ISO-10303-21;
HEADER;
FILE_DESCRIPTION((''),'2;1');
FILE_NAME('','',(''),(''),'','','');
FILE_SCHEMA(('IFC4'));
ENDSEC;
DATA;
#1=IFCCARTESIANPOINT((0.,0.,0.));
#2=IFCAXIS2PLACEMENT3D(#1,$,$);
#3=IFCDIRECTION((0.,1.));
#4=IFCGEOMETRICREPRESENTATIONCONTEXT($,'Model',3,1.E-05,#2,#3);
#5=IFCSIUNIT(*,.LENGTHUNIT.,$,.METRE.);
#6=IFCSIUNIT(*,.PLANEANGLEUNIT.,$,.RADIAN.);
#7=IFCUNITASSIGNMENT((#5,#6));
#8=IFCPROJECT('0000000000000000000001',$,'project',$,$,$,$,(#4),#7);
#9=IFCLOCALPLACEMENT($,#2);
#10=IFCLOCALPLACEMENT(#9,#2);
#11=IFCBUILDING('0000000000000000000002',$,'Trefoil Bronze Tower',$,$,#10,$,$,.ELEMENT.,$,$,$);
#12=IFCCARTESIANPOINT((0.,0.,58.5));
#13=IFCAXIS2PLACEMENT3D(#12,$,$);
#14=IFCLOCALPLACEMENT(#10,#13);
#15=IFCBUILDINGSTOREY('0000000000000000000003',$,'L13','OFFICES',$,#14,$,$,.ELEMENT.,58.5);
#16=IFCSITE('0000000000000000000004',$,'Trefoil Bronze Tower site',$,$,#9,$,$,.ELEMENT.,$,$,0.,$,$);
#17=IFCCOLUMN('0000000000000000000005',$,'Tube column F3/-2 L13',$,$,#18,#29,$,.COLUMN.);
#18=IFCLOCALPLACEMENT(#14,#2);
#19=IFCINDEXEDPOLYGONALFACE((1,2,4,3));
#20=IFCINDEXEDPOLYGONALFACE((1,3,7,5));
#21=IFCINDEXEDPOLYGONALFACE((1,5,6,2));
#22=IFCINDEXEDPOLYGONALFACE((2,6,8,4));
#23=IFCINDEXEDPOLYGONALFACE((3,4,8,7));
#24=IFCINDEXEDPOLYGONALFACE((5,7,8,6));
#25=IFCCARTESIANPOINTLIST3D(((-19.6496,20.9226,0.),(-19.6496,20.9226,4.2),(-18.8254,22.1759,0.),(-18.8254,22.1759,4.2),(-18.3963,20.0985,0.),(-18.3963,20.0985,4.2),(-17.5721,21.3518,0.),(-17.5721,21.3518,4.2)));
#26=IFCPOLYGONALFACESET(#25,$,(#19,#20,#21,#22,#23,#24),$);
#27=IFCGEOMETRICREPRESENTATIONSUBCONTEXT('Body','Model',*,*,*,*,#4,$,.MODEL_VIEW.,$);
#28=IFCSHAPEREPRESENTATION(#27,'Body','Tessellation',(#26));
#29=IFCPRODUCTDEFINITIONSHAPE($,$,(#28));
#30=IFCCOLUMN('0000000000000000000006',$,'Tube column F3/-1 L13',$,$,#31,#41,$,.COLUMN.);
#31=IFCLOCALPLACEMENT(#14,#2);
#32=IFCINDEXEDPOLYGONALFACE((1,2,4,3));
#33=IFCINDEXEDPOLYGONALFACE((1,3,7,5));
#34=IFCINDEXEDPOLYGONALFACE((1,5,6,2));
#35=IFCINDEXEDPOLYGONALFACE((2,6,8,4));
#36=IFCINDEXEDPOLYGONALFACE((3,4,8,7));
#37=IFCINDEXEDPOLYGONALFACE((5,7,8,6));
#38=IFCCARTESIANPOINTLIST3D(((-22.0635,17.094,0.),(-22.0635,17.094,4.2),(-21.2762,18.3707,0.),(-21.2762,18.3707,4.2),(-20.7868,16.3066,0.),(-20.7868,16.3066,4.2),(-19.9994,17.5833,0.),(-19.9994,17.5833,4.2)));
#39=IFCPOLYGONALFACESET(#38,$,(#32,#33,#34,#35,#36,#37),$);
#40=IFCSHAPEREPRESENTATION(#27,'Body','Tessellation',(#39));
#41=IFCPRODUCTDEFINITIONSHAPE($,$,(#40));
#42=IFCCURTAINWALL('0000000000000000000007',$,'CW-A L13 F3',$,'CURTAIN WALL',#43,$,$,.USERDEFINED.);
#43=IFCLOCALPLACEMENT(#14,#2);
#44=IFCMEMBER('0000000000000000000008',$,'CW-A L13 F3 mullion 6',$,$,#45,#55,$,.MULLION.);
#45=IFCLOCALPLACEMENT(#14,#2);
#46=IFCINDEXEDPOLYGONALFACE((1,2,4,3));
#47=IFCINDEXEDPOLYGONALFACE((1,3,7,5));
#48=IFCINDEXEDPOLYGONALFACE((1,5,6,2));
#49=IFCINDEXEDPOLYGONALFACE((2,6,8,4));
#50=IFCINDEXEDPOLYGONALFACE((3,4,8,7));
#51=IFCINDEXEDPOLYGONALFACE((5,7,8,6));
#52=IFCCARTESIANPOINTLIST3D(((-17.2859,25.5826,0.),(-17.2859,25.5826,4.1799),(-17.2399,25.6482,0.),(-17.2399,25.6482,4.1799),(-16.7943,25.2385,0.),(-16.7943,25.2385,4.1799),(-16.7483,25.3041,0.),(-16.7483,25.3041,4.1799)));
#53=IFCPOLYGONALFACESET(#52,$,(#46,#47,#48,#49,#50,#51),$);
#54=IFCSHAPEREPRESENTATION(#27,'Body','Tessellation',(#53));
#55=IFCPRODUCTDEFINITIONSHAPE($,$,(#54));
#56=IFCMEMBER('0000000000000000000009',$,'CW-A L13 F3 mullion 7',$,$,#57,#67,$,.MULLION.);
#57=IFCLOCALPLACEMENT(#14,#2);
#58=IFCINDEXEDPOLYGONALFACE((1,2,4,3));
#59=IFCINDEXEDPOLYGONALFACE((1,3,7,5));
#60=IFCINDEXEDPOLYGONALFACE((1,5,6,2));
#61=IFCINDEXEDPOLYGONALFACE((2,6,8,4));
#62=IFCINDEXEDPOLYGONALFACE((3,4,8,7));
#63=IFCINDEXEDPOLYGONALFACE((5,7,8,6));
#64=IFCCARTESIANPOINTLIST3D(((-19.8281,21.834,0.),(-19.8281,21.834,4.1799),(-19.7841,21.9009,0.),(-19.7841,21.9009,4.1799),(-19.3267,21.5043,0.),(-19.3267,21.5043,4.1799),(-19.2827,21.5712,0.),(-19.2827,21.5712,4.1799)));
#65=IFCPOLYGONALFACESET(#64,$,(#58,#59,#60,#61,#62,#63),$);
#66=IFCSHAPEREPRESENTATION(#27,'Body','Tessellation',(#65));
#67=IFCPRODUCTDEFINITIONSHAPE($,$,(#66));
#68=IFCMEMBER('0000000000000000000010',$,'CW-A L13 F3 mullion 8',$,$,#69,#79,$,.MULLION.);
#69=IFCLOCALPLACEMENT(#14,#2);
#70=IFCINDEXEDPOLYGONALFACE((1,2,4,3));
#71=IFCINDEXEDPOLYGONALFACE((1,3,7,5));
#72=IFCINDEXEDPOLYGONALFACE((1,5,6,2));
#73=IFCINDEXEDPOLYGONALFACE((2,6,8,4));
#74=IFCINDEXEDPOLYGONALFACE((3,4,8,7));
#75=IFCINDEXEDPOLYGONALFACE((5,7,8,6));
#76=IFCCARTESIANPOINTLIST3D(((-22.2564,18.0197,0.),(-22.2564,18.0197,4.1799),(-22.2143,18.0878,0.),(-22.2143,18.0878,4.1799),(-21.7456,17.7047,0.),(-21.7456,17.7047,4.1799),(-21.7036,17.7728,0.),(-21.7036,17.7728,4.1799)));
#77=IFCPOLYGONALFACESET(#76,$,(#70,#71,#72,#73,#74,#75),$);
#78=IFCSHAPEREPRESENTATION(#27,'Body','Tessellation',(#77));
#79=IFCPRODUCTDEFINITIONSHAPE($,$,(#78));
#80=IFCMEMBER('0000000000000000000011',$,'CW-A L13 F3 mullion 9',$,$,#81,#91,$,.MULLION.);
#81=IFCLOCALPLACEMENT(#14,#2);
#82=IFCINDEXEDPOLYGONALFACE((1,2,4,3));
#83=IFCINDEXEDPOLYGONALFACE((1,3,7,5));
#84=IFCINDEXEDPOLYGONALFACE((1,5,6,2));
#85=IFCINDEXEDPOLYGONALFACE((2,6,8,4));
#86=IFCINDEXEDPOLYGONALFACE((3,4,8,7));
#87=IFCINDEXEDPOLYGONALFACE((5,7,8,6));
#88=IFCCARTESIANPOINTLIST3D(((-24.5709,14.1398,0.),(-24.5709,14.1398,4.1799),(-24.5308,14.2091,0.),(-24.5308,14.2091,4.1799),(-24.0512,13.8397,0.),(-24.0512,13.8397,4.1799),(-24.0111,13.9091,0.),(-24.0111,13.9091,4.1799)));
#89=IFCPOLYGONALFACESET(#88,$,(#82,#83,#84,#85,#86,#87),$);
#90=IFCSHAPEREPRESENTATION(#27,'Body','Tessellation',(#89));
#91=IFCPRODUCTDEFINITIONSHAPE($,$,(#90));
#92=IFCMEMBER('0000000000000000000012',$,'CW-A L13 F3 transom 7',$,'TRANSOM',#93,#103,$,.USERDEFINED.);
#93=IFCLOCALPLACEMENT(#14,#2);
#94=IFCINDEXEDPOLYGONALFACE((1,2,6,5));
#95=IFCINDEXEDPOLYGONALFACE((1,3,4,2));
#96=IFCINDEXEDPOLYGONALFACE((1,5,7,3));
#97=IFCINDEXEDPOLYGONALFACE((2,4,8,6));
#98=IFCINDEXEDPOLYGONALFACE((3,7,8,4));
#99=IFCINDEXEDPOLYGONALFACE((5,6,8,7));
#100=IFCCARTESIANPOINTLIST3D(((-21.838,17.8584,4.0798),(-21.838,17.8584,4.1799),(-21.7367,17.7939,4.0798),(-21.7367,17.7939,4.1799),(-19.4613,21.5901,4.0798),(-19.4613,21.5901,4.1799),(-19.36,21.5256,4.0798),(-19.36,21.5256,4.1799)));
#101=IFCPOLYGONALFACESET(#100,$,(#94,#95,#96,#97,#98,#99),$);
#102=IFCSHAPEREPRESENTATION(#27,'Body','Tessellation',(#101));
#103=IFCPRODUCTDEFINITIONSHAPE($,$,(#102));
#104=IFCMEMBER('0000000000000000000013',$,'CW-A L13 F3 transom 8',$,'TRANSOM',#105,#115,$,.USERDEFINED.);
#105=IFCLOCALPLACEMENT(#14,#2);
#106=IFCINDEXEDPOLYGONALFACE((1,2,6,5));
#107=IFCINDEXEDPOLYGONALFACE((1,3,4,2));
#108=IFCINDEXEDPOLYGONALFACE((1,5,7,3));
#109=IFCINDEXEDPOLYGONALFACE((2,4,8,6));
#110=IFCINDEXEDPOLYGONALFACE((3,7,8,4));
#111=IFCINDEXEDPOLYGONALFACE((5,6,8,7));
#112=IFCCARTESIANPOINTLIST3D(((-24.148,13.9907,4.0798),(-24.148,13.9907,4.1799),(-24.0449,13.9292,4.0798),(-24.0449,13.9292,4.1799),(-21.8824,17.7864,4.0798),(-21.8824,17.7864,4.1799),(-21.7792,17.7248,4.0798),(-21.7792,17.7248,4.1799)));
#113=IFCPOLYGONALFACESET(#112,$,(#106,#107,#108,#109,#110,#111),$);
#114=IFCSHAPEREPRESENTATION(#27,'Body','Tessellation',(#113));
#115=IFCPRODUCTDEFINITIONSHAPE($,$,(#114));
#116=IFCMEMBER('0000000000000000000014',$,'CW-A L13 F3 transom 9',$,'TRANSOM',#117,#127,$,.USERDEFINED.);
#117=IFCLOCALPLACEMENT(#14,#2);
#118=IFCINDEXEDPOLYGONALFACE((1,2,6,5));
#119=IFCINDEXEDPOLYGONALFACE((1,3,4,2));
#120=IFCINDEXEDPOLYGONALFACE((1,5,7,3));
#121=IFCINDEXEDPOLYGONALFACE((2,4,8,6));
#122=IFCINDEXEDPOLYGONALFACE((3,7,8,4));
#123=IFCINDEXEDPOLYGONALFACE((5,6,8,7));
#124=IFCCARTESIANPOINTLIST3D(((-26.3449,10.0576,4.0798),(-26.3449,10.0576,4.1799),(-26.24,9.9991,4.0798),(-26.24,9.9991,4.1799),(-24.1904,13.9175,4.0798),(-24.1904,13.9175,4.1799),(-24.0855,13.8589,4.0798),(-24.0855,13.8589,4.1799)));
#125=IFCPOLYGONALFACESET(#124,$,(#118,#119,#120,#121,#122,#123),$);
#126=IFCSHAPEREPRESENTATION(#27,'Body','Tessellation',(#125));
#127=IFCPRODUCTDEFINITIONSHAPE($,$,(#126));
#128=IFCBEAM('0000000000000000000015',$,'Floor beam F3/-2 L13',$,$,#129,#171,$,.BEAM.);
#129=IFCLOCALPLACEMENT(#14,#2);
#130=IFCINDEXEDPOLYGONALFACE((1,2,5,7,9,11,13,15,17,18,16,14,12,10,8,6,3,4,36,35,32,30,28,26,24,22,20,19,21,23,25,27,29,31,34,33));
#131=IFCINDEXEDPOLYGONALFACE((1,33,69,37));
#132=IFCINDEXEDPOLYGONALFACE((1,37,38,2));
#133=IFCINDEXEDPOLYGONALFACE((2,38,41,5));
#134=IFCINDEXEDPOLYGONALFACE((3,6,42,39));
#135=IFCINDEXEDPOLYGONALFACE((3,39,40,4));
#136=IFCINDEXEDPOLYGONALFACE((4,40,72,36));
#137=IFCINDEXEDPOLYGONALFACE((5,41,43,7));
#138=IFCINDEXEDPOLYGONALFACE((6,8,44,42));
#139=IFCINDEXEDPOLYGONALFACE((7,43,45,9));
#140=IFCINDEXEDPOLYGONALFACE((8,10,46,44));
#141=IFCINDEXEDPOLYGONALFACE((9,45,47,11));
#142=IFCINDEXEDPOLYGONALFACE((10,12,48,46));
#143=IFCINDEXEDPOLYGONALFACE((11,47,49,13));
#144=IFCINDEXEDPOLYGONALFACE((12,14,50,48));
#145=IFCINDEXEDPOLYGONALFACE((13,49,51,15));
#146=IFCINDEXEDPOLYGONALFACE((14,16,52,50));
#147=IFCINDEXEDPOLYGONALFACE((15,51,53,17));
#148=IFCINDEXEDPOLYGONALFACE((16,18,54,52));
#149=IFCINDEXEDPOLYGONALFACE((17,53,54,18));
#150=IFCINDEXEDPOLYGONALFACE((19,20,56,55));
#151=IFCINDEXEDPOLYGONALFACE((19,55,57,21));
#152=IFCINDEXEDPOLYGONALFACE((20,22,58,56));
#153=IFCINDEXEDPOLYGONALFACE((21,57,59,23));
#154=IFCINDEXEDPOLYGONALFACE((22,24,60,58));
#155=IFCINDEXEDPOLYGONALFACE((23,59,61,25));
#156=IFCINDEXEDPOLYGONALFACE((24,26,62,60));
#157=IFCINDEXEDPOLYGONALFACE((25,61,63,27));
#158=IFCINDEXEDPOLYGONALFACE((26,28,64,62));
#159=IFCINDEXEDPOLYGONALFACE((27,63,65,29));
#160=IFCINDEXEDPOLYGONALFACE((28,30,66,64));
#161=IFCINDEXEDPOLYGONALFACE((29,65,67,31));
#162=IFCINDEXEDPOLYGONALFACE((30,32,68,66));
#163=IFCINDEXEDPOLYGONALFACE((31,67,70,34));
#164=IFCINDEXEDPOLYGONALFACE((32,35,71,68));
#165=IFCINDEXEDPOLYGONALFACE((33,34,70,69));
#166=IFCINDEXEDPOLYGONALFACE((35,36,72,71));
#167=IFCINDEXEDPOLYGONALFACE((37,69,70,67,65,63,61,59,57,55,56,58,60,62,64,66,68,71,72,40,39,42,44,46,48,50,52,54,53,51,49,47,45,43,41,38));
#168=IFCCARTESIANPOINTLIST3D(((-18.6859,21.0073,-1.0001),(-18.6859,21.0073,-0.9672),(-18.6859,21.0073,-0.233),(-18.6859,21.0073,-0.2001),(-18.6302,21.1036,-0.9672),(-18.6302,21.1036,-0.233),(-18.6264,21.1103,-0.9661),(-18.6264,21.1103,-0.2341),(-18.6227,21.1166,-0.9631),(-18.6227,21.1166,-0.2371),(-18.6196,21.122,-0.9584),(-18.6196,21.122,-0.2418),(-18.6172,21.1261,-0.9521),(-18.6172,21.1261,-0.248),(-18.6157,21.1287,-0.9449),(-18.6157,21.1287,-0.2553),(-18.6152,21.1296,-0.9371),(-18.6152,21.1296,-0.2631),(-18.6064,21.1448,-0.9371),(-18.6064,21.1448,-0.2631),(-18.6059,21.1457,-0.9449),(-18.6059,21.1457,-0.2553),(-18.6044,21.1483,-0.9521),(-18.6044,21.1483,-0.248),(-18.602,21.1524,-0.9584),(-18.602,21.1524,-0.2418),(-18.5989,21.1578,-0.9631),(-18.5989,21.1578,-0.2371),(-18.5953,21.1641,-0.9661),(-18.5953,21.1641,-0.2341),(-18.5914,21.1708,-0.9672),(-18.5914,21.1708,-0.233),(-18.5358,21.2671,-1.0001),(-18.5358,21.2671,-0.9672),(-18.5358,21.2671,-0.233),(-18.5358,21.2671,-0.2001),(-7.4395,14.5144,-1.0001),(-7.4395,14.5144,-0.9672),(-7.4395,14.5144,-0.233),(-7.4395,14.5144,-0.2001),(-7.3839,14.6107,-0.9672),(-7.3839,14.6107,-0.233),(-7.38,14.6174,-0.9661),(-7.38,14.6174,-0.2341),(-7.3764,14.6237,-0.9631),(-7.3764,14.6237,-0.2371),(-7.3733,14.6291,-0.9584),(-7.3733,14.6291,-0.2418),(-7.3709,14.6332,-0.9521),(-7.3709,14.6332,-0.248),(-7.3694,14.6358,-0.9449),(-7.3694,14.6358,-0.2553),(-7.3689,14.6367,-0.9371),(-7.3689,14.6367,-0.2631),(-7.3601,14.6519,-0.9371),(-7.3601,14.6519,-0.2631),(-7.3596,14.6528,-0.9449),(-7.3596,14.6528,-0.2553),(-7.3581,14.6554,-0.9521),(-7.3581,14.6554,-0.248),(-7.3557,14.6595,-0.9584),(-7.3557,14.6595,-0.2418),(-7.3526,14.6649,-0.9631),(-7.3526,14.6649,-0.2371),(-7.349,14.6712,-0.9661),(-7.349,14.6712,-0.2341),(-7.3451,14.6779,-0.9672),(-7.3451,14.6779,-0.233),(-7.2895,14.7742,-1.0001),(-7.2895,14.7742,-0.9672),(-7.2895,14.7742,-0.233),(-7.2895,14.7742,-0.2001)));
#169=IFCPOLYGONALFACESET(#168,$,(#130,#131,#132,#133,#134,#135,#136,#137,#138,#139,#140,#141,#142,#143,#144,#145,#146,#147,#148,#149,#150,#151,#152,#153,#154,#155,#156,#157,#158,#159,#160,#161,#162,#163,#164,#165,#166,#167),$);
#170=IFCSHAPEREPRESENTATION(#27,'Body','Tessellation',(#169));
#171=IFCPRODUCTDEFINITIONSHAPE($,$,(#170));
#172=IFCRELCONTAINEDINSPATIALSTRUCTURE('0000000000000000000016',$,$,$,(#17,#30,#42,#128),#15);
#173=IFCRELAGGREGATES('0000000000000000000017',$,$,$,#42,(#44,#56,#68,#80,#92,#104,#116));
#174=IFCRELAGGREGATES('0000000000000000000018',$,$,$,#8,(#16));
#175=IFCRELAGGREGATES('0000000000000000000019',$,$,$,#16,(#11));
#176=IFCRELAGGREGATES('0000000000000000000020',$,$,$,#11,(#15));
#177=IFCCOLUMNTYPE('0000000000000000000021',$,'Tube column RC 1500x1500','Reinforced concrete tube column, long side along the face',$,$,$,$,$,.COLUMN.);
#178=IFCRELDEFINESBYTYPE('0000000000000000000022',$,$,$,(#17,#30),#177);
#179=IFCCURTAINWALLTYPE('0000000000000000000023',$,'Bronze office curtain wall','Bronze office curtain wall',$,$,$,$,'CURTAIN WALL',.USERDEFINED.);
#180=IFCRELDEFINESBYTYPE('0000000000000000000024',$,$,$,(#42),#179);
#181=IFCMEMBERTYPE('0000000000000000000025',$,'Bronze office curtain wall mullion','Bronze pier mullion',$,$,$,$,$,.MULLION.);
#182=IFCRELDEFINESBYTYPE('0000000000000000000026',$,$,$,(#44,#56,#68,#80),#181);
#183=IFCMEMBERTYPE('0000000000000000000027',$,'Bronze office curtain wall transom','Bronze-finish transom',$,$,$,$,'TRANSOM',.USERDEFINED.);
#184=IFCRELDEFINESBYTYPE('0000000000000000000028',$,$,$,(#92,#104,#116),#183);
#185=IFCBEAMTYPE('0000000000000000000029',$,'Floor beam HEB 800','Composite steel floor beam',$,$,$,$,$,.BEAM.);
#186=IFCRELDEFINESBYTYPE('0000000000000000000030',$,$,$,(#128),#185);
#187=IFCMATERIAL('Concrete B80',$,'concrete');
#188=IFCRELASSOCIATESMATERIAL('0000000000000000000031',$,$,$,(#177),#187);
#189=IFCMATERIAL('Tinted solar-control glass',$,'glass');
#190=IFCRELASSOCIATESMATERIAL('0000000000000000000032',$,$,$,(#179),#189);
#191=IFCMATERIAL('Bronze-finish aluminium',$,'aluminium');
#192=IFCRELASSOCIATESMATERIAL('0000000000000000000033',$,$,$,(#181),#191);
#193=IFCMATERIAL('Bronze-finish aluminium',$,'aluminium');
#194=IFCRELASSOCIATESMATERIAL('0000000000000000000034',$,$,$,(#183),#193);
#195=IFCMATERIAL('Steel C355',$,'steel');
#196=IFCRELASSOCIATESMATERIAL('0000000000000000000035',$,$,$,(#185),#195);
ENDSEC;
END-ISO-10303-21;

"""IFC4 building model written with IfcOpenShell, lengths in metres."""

from ifc_helpers import new_model, si_unit, direction, frame, origin, origin_2d, place, context, subcontext, project, spatial, rectangle, i_section, extrude, material, material_profile, profile_set, type_object, element, aggregate, save


model = new_model("IFC4")

# Units and contexts
model_context = context("Model", 3, precision=1e-05, world=origin(), true_north=direction((0.0, 1.0)))
body_context = subcontext(model_context, "Body", "Model", "MODEL_VIEW")
ifc_project = project(units=[si_unit("LENGTHUNIT", "METRE"), si_unit("PLANEANGLEUNIT", "RADIAN")], contexts=[model_context])

# Site, building, storey
site_placement = place(None, origin())
site = spatial("IfcSite", under=ifc_project, at=site_placement, Name="Trefoil Bronze Tower site", CompositionType="ELEMENT", RefElevation=0.0)
building_placement = place(site_placement, origin())
building = spatial("IfcBuilding", under=site, at=building_placement, Name="Trefoil Bronze Tower", CompositionType="ELEMENT")
storey_placement = place(building_placement, frame((0.0, 0.0, 58.5)))
storey = spatial("IfcBuildingStorey", under=building, at=storey_placement, Name="L13", Description="OFFICES", CompositionType="ELEMENT", Elevation=58.5)

# Columns
ifc_material_1 = material(Name="Concrete B80", Category="concrete")
ifc_material_profile_1 = material_profile(ifc_material_1, rectangle(XDim=1.5, YDim=1.5, at=origin_2d()), Name="RC 1500x1500")
ifc_profile_set_1 = profile_set([ifc_material_profile_1], Name="Concrete B80")
column_type = type_object("IfcColumnType", Name="Tube column RC 1500x1500", Description="Reinforced concrete tube column, long side along the face", PredefinedType="COLUMN", material=ifc_profile_set_1)
for number, where, z_axis, x_axis, name in (
    (1, (-18.6108, 21.1372, 0.0), (0.0, 0.0, 1.0), (-0.549424, -0.835544, 0.0), "Tube column F3/-2 L13"),
    (2, (-21.0315, 17.3386, 0.0), (0.0, 0.0, 1.0), (-0.524923, -0.85115, 0.0), "Tube column F3/-1 L13"),
):
    element("IfcColumn", number, at=place(storey_placement, frame(where, z_axis=z_axis, x_axis=x_axis)), inside=storey, type_object=column_type, Name=name, PredefinedType="COLUMN", context=body_context, shape_type="SweptSolid", body=[
        extrude(rectangle(XDim=1.5, YDim=1.5, at=origin_2d()), origin(), (0.0, 0.0, 1.0), 4.2),
    ])

# Curtain wall, members
ifc_material_2 = material(Name="Tinted solar-control glass", Category="glass")
curtain_wall_type = type_object("IfcCurtainWallType", Name="Bronze office curtain wall", Description="Bronze office curtain wall", ElementType="CURTAIN WALL", PredefinedType="USERDEFINED", material=ifc_material_2)
curtain_wall_placement = place(storey_placement, origin())
curtain_wall = element("IfcCurtainWall", 3, at=curtain_wall_placement, inside=storey, type_object=curtain_wall_type, Name="CW-A L13 F3", ObjectType="CURTAIN WALL", PredefinedType="USERDEFINED")
ifc_material_3 = material(Name="Bronze-finish aluminium", Category="aluminium")
ifc_material_profile_2 = material_profile(ifc_material_3, rectangle(XDim=0.6001, YDim=0.0801, at=origin_2d()), Name="CW-A mullion")
ifc_profile_set_2 = profile_set([ifc_material_profile_2], Name="Bronze-finish aluminium")
member_type_1 = type_object("IfcMemberType", Name="Bronze office curtain wall mullion", Description="Bronze pier mullion", PredefinedType="MULLION", material=ifc_profile_set_2)
member_1_placement = place(storey_placement, frame((-17.0171, 25.4434, 0.0), z_axis=(0.0, 0.0, 1.0), x_axis=(0.819204, -0.573502, 0.0)))
member_1 = element("IfcMember", 4, at=member_1_placement, type_object=member_type_1, Name="CW-A L13 F3 mullion 6", PredefinedType="MULLION", context=body_context, shape_type="SweptSolid", body=[
    extrude(rectangle(XDim=0.6001, YDim=0.0801, at=origin_2d()), origin(), (0.0, 0.0, 1.0), 4.1799),
])
member_2_placement = place(storey_placement, frame((-19.5554, 21.7026, 0.0), z_axis=(0.0, 0.0, 1.0), x_axis=(0.835544, -0.549424, 0.0)))
member_2 = element("IfcMember", 5, at=member_2_placement, type_object=member_type_1, Name="CW-A L13 F3 mullion 7", PredefinedType="MULLION", context=body_context, shape_type="SweptSolid", body=[
    extrude(rectangle(XDim=0.6001, YDim=0.0801, at=origin_2d()), origin(), (0.0, 0.0, 1.0), 4.1799),
])
member_3_placement = place(storey_placement, frame((-21.98, 17.8962, 0.0), z_axis=(0.0, 0.0, 1.0), x_axis=(0.85115, -0.524923, 0.0)))
member_3 = element("IfcMember", 6, at=member_3_placement, type_object=member_type_1, Name="CW-A L13 F3 mullion 8", PredefinedType="MULLION", context=body_context, shape_type="SweptSolid", body=[
    extrude(rectangle(XDim=0.6001, YDim=0.0801, at=origin_2d()), origin(), (0.0, 0.0, 1.0), 4.1799),
])
member_4_placement = place(storey_placement, frame((-24.291, 14.0244, 0.0), z_axis=(0.0, 0.0, 1.0), x_axis=(0.866025, -0.5, 0.0)))
member_4 = element("IfcMember", 7, at=member_4_placement, type_object=member_type_1, Name="CW-A L13 F3 mullion 9", PredefinedType="MULLION", context=body_context, shape_type="SweptSolid", body=[
    extrude(rectangle(XDim=0.6001, YDim=0.0801, at=origin_2d()), origin(), (0.0, 0.0, 1.0), 4.1799),
])
ifc_material_4 = material(Name="Bronze-finish aluminium", Category="aluminium")
ifc_material_profile_3 = material_profile(ifc_material_4, rectangle(XDim=0.1201, YDim=0.1001, at=origin_2d()), Name="CW-A transom")
ifc_profile_set_3 = profile_set([ifc_material_profile_3], Name="Bronze-finish aluminium")
member_type_2 = type_object("IfcMemberType", Name="Bronze office curtain wall transom", Description="Bronze-finish transom", ElementType="TRANSOM", PredefinedType="USERDEFINED", material=ifc_profile_set_3)
member_5_placement = place(storey_placement, frame((-19.4106, 21.5579, 4.1299), z_axis=(-0.537197, -0.843457, 0.0), x_axis=(0.843457, -0.537197, 0.0)))
member_5 = element("IfcMember", 8, at=member_5_placement, type_object=member_type_2, Name="CW-A L13 F3 transom 7", ObjectType="TRANSOM", PredefinedType="USERDEFINED", context=body_context, shape_type="SweptSolid", body=[
    extrude(rectangle(XDim=0.1201, YDim=0.1001, at=origin_2d()), origin(), (0.0, 0.0, 1.0), 4.4243),
])
member_6_placement = place(storey_placement, frame((-21.8308, 17.7556, 4.1299), z_axis=(-0.512537, -0.858665, 0.0), x_axis=(0.858665, -0.512537, 0.0)))
member_6 = element("IfcMember", 9, at=member_6_placement, type_object=member_type_2, Name="CW-A L13 F3 transom 8", ObjectType="TRANSOM", PredefinedType="USERDEFINED", context=body_context, shape_type="SweptSolid", body=[
    extrude(rectangle(XDim=0.1201, YDim=0.1001, at=origin_2d()), origin(), (0.0, 0.0, 1.0), 4.4204),
])
member_7_placement = place(storey_placement, frame((-24.1379, 13.8882, 4.1299), z_axis=(-0.4874, -0.873179, 0.0), x_axis=(0.873179, -0.4874, 0.0)))
member_7 = element("IfcMember", 10, at=member_7_placement, type_object=member_type_2, Name="CW-A L13 F3 transom 9", ObjectType="TRANSOM", PredefinedType="USERDEFINED", context=body_context, shape_type="SweptSolid", body=[
    extrude(rectangle(XDim=0.1201, YDim=0.1001, at=origin_2d()), origin(), (0.0, 0.0, 1.0), 4.4204),
])

# Beam
ifc_material_5 = material(Name="Steel C355", Category="steel")
ifc_material_profile_4 = material_profile(ifc_material_5, i_section(OverallWidth=0.3, OverallDepth=0.8, WebThickness=0.0176, FlangeThickness=0.033, FilletRadius=0.03, at=origin_2d()), Name="HEB 800")
ifc_profile_set_4 = profile_set([ifc_material_profile_4], Name="Steel C355")
beam_type_1 = type_object("IfcBeamType", Name="Floor beam HEB 800", Description="Composite steel floor beam", PredefinedType="BEAM", material=ifc_profile_set_4)
beam_1_placement = place(storey_placement, frame((-18.6108, 21.1372, -0.6001), z_axis=(0.866031, -0.499991, 0.0), x_axis=(0.499991, 0.866031, 0.0)))
element("IfcBeam", 11, at=beam_1_placement, inside=storey, type_object=beam_type_1, Name="Floor beam F3/-2 L13", PredefinedType="BEAM", context=body_context, shape_type="SweptSolid", body=[
    extrude(i_section(OverallWidth=0.3, OverallDepth=0.8, WebThickness=0.0176, FlangeThickness=0.033, FilletRadius=0.03, at=origin_2d()), origin(), (0.0, 0.0, 1.0), 12.9861),
])

aggregate(curtain_wall, [member_1, member_2, member_3, member_4, member_5, member_6, member_7])

save(model, "model.ifc")
